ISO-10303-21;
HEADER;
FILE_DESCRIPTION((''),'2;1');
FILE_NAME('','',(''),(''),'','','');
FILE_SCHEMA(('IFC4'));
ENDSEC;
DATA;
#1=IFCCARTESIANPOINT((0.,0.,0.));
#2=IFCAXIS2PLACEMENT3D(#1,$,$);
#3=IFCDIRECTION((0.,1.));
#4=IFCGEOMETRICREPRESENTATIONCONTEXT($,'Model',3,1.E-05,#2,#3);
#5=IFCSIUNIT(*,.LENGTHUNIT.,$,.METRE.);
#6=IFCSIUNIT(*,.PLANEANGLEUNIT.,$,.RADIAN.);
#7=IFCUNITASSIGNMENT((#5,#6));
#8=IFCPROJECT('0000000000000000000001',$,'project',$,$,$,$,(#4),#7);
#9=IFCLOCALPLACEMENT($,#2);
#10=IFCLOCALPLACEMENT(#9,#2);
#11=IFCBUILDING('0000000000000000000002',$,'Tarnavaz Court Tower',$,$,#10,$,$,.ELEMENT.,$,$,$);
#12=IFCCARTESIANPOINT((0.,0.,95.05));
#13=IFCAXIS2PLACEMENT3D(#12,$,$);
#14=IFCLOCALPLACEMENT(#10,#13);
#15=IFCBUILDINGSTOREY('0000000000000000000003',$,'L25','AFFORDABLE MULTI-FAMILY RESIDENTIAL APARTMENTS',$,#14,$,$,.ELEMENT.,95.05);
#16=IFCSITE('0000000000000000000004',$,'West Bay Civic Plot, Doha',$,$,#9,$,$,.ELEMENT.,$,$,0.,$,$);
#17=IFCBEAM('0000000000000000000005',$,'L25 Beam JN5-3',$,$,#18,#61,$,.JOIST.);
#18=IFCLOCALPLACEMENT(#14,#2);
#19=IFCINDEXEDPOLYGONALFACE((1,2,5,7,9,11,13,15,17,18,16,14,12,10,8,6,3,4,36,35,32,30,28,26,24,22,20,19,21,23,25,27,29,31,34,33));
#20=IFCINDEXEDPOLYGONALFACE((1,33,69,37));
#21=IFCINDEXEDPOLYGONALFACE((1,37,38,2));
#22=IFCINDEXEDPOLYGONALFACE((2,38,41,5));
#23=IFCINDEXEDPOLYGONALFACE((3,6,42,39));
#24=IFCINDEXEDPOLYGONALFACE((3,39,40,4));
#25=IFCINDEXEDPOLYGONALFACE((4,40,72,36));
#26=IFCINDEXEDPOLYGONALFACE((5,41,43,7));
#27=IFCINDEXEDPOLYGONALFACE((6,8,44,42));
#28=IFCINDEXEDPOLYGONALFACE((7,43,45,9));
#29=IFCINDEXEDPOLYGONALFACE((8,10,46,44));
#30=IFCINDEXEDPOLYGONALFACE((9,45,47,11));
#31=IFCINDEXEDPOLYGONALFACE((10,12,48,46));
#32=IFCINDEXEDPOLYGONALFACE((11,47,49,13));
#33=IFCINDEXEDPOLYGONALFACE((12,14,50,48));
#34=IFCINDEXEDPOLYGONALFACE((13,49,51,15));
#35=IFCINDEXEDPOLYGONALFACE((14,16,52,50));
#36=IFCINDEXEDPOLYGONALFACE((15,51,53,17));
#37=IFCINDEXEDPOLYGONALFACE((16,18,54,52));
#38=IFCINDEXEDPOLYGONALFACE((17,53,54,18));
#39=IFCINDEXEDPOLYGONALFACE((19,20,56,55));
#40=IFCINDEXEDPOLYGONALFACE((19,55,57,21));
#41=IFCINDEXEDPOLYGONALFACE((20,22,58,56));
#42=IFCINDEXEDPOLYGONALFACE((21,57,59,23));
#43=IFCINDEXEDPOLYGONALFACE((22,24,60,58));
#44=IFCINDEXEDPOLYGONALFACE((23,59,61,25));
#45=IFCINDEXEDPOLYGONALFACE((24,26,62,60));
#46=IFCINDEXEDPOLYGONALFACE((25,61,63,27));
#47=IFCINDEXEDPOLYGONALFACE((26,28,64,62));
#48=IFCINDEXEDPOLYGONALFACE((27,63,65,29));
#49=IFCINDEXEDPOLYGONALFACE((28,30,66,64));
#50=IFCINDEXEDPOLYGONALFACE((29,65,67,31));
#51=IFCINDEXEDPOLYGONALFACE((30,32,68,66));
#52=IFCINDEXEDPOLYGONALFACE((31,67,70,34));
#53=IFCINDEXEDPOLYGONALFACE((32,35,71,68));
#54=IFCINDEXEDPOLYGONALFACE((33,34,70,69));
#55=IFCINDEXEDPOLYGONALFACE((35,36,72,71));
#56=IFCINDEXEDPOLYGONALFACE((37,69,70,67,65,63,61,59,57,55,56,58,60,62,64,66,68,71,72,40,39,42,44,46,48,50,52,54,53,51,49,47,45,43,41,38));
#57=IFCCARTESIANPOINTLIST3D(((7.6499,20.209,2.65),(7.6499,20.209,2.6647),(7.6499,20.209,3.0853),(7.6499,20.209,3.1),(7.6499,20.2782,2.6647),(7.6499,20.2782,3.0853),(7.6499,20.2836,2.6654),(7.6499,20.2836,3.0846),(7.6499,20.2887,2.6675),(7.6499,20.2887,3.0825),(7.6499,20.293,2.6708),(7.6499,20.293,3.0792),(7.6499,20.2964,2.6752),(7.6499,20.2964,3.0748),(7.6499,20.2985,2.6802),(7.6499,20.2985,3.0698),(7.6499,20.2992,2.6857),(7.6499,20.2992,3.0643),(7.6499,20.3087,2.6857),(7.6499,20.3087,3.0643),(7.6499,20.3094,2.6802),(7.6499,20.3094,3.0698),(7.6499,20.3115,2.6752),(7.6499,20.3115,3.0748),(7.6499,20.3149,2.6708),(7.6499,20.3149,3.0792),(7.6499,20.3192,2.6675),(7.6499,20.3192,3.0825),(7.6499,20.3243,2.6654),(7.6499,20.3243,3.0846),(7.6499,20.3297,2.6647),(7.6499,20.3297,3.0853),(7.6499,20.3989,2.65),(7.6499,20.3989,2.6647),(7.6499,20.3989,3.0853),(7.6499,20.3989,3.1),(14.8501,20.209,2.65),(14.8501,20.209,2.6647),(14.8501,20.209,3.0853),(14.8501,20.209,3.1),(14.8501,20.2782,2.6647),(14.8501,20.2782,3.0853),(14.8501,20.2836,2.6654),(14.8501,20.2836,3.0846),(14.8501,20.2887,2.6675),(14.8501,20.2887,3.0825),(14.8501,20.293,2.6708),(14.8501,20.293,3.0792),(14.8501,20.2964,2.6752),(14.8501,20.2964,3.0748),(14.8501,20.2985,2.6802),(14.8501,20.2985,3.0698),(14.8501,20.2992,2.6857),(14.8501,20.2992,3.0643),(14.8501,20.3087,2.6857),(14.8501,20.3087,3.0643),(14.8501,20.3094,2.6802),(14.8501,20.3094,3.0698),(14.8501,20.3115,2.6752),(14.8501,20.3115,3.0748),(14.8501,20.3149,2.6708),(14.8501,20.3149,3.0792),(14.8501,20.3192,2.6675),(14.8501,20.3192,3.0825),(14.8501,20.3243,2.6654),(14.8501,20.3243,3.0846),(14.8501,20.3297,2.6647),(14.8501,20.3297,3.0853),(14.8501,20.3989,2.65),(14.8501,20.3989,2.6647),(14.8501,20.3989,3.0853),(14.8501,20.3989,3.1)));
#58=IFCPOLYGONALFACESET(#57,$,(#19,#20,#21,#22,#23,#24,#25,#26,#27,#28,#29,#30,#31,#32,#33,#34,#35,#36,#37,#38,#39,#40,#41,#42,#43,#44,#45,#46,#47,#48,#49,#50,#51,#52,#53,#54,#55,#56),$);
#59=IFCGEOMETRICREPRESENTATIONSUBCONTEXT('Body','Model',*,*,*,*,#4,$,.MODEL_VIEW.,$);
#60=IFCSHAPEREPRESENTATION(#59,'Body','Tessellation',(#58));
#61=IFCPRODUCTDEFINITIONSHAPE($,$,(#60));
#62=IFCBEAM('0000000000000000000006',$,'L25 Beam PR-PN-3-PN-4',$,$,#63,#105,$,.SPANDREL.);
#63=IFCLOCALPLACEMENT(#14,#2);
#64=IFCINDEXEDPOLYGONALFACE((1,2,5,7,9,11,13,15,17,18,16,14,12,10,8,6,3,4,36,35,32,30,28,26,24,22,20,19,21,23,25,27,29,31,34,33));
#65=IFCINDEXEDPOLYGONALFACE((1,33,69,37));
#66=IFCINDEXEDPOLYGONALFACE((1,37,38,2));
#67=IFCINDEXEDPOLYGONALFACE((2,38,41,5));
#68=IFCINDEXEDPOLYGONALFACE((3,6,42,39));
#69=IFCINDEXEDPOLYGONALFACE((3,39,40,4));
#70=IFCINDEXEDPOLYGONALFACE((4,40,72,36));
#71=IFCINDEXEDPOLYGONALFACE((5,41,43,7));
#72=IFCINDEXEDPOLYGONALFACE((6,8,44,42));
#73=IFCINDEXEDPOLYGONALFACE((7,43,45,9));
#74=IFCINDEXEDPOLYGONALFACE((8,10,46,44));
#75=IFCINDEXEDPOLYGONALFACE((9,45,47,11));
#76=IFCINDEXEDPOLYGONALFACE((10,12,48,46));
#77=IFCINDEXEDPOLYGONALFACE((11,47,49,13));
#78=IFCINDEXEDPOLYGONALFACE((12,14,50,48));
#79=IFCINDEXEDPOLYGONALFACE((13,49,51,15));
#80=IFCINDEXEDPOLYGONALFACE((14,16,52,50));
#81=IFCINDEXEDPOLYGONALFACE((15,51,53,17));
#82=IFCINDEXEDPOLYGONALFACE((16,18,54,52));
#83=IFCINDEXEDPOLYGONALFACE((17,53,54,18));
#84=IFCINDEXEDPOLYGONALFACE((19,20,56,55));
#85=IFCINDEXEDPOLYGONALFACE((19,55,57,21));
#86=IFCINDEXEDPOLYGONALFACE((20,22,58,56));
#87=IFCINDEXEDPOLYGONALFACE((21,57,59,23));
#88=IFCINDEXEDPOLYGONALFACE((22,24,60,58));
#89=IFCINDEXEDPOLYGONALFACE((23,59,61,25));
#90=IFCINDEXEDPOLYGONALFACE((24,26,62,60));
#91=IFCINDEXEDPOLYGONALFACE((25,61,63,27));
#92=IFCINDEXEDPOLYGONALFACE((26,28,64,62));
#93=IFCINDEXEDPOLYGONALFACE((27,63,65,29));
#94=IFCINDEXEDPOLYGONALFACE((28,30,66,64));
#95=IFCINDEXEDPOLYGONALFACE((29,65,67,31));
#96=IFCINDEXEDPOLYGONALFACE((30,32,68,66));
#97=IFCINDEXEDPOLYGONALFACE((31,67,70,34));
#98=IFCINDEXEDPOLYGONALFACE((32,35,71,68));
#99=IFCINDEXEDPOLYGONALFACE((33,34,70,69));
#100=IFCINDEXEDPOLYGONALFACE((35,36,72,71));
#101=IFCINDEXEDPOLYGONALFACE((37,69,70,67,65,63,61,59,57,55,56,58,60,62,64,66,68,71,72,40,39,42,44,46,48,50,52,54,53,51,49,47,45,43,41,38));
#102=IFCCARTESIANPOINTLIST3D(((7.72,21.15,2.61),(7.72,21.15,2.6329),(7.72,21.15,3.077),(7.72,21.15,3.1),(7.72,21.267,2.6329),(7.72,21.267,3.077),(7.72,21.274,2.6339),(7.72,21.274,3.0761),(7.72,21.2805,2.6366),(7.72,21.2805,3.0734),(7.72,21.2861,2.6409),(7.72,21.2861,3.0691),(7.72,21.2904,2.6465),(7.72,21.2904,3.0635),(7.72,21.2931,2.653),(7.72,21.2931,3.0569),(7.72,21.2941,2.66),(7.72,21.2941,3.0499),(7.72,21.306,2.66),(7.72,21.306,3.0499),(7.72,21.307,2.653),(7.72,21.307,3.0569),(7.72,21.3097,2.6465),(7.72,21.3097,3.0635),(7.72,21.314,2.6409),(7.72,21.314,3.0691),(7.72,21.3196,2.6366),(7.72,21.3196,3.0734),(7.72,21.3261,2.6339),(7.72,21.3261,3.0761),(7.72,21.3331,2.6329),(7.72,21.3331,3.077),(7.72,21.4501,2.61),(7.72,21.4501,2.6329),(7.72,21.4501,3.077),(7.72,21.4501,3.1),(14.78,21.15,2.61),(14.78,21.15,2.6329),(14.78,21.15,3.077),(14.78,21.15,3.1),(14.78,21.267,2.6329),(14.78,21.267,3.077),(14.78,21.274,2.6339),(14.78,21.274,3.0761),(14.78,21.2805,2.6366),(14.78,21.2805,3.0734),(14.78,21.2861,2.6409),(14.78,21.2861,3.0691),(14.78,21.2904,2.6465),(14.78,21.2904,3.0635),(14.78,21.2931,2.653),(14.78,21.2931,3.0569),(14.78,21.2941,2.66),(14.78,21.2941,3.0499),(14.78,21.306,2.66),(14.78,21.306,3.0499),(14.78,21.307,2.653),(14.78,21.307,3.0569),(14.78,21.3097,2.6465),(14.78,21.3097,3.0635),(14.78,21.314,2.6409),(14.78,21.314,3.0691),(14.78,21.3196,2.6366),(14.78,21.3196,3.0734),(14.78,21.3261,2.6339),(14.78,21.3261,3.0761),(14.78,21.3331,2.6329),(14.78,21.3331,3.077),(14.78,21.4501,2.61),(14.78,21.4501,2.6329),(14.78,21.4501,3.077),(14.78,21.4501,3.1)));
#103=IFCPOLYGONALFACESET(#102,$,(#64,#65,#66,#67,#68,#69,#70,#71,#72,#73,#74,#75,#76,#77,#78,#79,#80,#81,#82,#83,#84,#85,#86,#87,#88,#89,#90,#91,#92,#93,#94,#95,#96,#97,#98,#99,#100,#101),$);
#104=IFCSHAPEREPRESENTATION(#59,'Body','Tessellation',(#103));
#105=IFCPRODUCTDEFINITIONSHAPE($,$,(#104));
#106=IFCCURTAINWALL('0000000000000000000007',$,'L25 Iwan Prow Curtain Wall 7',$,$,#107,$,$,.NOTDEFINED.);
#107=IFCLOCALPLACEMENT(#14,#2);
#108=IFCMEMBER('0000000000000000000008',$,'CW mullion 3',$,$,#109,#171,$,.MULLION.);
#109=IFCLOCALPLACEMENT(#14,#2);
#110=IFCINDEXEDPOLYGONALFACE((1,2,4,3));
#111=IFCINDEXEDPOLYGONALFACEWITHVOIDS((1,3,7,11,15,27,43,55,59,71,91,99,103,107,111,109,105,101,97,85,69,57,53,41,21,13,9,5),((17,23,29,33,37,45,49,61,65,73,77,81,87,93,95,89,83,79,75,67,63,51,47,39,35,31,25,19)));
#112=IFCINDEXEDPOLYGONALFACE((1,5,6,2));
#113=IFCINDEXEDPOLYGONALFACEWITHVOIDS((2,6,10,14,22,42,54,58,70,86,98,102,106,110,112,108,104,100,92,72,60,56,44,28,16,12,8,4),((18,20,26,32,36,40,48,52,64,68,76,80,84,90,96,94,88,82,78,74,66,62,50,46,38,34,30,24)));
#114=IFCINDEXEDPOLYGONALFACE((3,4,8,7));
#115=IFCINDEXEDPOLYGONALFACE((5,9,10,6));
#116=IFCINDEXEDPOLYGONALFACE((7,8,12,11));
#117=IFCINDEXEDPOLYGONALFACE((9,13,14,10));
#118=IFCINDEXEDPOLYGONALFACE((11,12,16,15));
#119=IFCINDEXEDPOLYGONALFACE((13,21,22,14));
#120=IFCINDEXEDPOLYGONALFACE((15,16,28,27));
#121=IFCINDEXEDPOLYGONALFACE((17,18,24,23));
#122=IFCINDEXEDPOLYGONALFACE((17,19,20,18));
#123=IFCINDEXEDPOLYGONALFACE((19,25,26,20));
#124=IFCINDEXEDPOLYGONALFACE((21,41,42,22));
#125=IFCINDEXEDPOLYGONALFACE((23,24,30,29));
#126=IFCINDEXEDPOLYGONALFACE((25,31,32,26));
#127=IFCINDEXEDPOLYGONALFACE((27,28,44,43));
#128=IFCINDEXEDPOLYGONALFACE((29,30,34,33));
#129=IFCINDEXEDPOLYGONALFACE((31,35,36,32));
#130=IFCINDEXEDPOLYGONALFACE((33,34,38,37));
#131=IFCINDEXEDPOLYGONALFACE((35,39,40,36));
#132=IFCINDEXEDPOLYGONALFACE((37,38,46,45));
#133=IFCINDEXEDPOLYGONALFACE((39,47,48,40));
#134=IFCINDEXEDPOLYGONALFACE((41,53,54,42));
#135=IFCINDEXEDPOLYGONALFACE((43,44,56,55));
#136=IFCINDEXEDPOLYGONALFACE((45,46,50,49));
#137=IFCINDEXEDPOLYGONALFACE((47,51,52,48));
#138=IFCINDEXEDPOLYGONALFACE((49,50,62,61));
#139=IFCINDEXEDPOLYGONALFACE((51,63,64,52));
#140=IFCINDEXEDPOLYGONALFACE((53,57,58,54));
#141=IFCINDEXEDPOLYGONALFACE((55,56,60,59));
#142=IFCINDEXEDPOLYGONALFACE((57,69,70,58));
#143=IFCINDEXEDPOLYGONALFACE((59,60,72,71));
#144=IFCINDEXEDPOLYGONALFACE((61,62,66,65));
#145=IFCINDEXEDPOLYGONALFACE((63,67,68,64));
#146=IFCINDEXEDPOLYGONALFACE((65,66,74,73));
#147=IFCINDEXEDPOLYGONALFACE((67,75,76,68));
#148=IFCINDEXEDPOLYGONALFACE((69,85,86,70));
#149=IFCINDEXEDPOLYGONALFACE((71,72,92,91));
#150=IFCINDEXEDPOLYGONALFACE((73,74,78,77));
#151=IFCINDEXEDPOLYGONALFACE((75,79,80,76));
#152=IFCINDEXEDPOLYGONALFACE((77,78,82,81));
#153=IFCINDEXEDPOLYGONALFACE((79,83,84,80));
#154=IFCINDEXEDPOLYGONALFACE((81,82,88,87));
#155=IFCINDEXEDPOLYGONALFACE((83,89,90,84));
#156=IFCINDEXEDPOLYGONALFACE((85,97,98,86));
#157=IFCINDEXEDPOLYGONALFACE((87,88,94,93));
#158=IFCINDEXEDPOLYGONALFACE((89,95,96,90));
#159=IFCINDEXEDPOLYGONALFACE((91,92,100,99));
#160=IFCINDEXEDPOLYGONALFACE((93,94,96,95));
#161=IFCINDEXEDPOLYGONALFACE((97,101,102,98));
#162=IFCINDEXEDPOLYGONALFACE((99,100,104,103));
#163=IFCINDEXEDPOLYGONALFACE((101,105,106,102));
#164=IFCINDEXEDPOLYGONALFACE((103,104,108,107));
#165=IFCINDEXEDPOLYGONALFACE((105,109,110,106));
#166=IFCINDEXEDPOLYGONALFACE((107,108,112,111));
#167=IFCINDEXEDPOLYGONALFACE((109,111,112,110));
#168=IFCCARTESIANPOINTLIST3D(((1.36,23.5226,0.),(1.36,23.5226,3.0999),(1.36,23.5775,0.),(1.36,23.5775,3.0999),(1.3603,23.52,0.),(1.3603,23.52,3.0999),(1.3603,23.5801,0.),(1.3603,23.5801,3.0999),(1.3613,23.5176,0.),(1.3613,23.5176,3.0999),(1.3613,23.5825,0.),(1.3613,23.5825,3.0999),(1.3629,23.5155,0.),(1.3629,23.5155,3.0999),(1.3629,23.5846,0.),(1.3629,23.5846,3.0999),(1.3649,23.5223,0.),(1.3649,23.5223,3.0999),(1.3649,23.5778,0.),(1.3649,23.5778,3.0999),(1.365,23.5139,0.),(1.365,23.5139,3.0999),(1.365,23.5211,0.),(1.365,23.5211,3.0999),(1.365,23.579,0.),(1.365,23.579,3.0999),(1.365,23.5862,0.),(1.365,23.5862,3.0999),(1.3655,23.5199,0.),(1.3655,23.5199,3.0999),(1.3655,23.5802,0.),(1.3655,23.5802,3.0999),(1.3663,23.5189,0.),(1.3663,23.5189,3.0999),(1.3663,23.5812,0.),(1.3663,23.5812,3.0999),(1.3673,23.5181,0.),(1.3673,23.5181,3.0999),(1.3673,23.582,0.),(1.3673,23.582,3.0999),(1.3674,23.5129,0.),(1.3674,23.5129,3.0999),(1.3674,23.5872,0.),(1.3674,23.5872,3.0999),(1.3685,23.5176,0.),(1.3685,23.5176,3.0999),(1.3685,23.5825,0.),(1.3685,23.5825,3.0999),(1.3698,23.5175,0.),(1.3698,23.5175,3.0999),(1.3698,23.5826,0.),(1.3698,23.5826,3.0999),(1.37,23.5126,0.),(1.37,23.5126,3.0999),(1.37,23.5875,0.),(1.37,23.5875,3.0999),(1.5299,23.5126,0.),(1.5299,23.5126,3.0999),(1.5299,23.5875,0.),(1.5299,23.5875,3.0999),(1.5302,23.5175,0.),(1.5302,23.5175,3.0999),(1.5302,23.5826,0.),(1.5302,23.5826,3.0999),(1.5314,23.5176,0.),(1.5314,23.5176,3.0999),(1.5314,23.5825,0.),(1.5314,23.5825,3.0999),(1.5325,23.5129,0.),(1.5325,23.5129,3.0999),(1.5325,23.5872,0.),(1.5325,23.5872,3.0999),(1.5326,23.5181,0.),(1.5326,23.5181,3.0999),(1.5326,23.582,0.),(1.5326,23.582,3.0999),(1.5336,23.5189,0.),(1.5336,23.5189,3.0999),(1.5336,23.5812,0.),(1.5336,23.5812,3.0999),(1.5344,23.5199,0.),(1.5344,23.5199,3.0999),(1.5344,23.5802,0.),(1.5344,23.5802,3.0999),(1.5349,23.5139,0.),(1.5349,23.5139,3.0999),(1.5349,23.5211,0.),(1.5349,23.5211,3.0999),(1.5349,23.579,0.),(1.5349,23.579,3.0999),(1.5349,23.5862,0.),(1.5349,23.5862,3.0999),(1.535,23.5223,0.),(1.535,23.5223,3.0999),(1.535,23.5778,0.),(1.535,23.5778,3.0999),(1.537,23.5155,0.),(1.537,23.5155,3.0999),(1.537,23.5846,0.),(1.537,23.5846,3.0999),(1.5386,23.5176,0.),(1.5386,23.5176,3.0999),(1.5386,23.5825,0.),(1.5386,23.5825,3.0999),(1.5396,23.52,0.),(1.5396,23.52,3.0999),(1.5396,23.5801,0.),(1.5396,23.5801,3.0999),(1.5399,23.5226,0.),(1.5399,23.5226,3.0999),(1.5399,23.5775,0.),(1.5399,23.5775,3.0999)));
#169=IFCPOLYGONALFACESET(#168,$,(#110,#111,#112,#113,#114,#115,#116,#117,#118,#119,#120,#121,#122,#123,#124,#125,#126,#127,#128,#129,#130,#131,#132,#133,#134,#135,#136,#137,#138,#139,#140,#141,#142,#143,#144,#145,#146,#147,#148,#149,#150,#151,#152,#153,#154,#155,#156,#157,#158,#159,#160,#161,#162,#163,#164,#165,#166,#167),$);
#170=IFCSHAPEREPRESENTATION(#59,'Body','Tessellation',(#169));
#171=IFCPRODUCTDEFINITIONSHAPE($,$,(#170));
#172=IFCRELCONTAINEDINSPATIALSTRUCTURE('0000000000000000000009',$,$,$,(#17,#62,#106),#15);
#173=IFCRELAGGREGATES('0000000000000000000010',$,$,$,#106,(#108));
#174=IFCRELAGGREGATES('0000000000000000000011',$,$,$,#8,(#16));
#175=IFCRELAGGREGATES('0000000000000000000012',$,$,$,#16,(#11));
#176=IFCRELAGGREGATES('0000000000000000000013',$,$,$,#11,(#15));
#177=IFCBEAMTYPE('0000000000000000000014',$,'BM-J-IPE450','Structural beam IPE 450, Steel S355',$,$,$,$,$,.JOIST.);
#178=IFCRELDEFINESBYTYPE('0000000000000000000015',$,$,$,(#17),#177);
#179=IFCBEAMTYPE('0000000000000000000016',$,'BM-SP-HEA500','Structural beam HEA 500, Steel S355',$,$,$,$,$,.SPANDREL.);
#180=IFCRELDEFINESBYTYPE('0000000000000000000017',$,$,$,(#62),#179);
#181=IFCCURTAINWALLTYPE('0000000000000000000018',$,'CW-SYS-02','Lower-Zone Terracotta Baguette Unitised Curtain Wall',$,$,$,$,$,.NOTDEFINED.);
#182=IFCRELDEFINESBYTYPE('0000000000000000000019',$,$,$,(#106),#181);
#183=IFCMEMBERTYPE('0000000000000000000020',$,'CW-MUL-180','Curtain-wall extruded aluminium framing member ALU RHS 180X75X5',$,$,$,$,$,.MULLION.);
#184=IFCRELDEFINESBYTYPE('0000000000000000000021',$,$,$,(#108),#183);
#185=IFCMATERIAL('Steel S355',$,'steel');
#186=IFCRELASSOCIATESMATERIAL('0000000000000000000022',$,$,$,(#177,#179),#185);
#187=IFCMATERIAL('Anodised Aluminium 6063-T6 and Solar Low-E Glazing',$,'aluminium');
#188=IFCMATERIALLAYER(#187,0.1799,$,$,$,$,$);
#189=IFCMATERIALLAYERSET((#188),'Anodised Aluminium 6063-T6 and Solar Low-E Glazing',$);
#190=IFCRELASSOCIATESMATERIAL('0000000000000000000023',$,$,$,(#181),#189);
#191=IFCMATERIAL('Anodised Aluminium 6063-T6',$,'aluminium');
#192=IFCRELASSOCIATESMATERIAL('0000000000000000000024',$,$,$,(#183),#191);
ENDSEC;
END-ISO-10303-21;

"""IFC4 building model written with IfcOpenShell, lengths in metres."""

from ifc_helpers import new_model, si_unit, direction, frame, origin, origin_2d, place, context, subcontext, project, spatial, hollow_rectangle, i_section, extrude, material, layer, layer_set, material_profile, profile_set, type_object, element, aggregate, save


model = new_model("IFC4")

# Units and contexts
model_context = context("Model", 3, precision=1e-05, world=origin(), true_north=direction((0.0, 1.0)))
body_context = subcontext(model_context, "Body", "Model", "MODEL_VIEW")
ifc_project = project(units=[si_unit("LENGTHUNIT", "METRE"), si_unit("PLANEANGLEUNIT", "RADIAN")], contexts=[model_context])

# Site, building, storey
site_placement = place(None, origin())
site = spatial("IfcSite", under=ifc_project, at=site_placement, Name="West Bay Civic Plot, Doha", CompositionType="ELEMENT", RefElevation=0.0)
building_placement = place(site_placement, origin())
building = spatial("IfcBuilding", under=site, at=building_placement, Name="Tarnavaz Court Tower", CompositionType="ELEMENT")
storey_placement = place(building_placement, frame((0.0, 0.0, 95.05)))
storey = spatial("IfcBuildingStorey", under=building, at=storey_placement, Name="L25", Description="AFFORDABLE MULTI-FAMILY RESIDENTIAL APARTMENTS", CompositionType="ELEMENT", Elevation=95.05)

# Beams
ifc_material_1 = material(Name="Steel S355", Category="steel")
ifc_material_profile_1 = material_profile(ifc_material_1, i_section(OverallWidth=0.1899, OverallDepth=0.45, WebThickness=0.0095, FlangeThickness=0.0146, FilletRadius=0.021, at=origin_2d()), Name="IPE 450")
ifc_profile_set_1 = profile_set([ifc_material_profile_1], Name="Steel S355")
beam_type_1 = type_object("IfcBeamType", Name="BM-J-IPE450", Description="Structural beam IPE 450, Steel S355", PredefinedType="JOIST", material=ifc_profile_set_1)
for number, where, z_axis, x_axis, name in (
    (1, (7.6499, 20.304, 2.875), (1.0, 0.0, 0.0), (0.0, 1.0, 0.0), "L25 Beam JN5-3"),
):
    element("IfcBeam", number, at=place(storey_placement, frame(where, z_axis=z_axis, x_axis=x_axis)), inside=storey, type_object=beam_type_1, Name=name, PredefinedType="JOIST", context=body_context, shape_type="SweptSolid", body=[
        extrude(i_section(OverallWidth=0.1899, OverallDepth=0.45, WebThickness=0.0095, FlangeThickness=0.0146, FilletRadius=0.021, at=origin_2d()), origin(), (0.0, 0.0, 1.0), 7.2002),
    ])
ifc_material_profile_2 = material_profile(ifc_material_1, i_section(OverallWidth=0.3, OverallDepth=0.49, WebThickness=0.012, FlangeThickness=0.0229, FilletRadius=0.0271, at=origin_2d()), Name="HEA 500")
ifc_profile_set_2 = profile_set([ifc_material_profile_2], Name="Steel S355")
beam_type_2 = type_object("IfcBeamType", Name="BM-SP-HEA500", Description="Structural beam HEA 500, Steel S355", PredefinedType="SPANDREL", material=ifc_profile_set_2)
beam_placement = place(storey_placement, frame((7.72, 21.3, 2.855), z_axis=(1.0, 0.0, 0.0), x_axis=(0.0, 1.0, 0.0)))
element("IfcBeam", 2, at=beam_placement, inside=storey, type_object=beam_type_2, Name="L25 Beam PR-PN-3-PN-4", PredefinedType="SPANDREL", context=body_context, shape_type="SweptSolid", body=[
    extrude(i_section(OverallWidth=0.3, OverallDepth=0.49, WebThickness=0.012, FlangeThickness=0.0229, FilletRadius=0.0271, at=origin_2d()), origin(), (0.0, 0.0, 1.0), 7.0601),
])

# Curtain wall, member
ifc_material_2 = material(Name="Anodised Aluminium 6063-T6 and Solar Low-E Glazing", Category="aluminium")
ifc_layer_1 = layer(ifc_material_2, 0.1799)
ifc_layer_set_1 = layer_set([ifc_layer_1], Name="Anodised Aluminium 6063-T6 and Solar Low-E Glazing")
curtain_wall_type = type_object("IfcCurtainWallType", Name="CW-SYS-02", Description="Lower-Zone Terracotta Baguette Unitised Curtain Wall", PredefinedType="NOTDEFINED", material=ifc_layer_set_1)
curtain_wall_placement = place(storey_placement, origin())
curtain_wall = element("IfcCurtainWall", 3, at=curtain_wall_placement, inside=storey, type_object=curtain_wall_type, Name="L25 Iwan Prow Curtain Wall 7", PredefinedType="NOTDEFINED")
ifc_material_3 = material(Name="Anodised Aluminium 6063-T6", Category="aluminium")
ifc_material_profile_3 = material_profile(ifc_material_3, hollow_rectangle(XDim=0.075, YDim=0.1799, WallThickness=0.0049, InnerFilletRadius=0.0049, OuterFilletRadius=0.01, at=origin_2d()), Name="ALU RHS 180X75X5")
ifc_profile_set_3 = profile_set([ifc_material_profile_3], Name="Anodised Aluminium 6063-T6")
member_type_1 = type_object("IfcMemberType", Name="CW-MUL-180", Description="Curtain-wall extruded aluminium framing member ALU RHS 180X75X5", PredefinedType="MULLION", material=ifc_profile_set_3)
member_1_placement = place(storey_placement, frame((1.45, 23.55, 0.0), z_axis=(0.0, 0.0, 1.0), x_axis=(0.0, 1.0, 0.0)))
member_1 = element("IfcMember", 4, at=member_1_placement, type_object=member_type_1, Name="CW mullion 3", PredefinedType="MULLION", context=body_context, shape_type="SweptSolid", body=[
    extrude(hollow_rectangle(XDim=0.075, YDim=0.1799, WallThickness=0.0049, InnerFilletRadius=0.0049, OuterFilletRadius=0.01, at=origin_2d()), origin(), (0.0, 0.0, 1.0), 3.0999),
])
aggregate(curtain_wall, [member_1])

save(model, "model.ifc")
